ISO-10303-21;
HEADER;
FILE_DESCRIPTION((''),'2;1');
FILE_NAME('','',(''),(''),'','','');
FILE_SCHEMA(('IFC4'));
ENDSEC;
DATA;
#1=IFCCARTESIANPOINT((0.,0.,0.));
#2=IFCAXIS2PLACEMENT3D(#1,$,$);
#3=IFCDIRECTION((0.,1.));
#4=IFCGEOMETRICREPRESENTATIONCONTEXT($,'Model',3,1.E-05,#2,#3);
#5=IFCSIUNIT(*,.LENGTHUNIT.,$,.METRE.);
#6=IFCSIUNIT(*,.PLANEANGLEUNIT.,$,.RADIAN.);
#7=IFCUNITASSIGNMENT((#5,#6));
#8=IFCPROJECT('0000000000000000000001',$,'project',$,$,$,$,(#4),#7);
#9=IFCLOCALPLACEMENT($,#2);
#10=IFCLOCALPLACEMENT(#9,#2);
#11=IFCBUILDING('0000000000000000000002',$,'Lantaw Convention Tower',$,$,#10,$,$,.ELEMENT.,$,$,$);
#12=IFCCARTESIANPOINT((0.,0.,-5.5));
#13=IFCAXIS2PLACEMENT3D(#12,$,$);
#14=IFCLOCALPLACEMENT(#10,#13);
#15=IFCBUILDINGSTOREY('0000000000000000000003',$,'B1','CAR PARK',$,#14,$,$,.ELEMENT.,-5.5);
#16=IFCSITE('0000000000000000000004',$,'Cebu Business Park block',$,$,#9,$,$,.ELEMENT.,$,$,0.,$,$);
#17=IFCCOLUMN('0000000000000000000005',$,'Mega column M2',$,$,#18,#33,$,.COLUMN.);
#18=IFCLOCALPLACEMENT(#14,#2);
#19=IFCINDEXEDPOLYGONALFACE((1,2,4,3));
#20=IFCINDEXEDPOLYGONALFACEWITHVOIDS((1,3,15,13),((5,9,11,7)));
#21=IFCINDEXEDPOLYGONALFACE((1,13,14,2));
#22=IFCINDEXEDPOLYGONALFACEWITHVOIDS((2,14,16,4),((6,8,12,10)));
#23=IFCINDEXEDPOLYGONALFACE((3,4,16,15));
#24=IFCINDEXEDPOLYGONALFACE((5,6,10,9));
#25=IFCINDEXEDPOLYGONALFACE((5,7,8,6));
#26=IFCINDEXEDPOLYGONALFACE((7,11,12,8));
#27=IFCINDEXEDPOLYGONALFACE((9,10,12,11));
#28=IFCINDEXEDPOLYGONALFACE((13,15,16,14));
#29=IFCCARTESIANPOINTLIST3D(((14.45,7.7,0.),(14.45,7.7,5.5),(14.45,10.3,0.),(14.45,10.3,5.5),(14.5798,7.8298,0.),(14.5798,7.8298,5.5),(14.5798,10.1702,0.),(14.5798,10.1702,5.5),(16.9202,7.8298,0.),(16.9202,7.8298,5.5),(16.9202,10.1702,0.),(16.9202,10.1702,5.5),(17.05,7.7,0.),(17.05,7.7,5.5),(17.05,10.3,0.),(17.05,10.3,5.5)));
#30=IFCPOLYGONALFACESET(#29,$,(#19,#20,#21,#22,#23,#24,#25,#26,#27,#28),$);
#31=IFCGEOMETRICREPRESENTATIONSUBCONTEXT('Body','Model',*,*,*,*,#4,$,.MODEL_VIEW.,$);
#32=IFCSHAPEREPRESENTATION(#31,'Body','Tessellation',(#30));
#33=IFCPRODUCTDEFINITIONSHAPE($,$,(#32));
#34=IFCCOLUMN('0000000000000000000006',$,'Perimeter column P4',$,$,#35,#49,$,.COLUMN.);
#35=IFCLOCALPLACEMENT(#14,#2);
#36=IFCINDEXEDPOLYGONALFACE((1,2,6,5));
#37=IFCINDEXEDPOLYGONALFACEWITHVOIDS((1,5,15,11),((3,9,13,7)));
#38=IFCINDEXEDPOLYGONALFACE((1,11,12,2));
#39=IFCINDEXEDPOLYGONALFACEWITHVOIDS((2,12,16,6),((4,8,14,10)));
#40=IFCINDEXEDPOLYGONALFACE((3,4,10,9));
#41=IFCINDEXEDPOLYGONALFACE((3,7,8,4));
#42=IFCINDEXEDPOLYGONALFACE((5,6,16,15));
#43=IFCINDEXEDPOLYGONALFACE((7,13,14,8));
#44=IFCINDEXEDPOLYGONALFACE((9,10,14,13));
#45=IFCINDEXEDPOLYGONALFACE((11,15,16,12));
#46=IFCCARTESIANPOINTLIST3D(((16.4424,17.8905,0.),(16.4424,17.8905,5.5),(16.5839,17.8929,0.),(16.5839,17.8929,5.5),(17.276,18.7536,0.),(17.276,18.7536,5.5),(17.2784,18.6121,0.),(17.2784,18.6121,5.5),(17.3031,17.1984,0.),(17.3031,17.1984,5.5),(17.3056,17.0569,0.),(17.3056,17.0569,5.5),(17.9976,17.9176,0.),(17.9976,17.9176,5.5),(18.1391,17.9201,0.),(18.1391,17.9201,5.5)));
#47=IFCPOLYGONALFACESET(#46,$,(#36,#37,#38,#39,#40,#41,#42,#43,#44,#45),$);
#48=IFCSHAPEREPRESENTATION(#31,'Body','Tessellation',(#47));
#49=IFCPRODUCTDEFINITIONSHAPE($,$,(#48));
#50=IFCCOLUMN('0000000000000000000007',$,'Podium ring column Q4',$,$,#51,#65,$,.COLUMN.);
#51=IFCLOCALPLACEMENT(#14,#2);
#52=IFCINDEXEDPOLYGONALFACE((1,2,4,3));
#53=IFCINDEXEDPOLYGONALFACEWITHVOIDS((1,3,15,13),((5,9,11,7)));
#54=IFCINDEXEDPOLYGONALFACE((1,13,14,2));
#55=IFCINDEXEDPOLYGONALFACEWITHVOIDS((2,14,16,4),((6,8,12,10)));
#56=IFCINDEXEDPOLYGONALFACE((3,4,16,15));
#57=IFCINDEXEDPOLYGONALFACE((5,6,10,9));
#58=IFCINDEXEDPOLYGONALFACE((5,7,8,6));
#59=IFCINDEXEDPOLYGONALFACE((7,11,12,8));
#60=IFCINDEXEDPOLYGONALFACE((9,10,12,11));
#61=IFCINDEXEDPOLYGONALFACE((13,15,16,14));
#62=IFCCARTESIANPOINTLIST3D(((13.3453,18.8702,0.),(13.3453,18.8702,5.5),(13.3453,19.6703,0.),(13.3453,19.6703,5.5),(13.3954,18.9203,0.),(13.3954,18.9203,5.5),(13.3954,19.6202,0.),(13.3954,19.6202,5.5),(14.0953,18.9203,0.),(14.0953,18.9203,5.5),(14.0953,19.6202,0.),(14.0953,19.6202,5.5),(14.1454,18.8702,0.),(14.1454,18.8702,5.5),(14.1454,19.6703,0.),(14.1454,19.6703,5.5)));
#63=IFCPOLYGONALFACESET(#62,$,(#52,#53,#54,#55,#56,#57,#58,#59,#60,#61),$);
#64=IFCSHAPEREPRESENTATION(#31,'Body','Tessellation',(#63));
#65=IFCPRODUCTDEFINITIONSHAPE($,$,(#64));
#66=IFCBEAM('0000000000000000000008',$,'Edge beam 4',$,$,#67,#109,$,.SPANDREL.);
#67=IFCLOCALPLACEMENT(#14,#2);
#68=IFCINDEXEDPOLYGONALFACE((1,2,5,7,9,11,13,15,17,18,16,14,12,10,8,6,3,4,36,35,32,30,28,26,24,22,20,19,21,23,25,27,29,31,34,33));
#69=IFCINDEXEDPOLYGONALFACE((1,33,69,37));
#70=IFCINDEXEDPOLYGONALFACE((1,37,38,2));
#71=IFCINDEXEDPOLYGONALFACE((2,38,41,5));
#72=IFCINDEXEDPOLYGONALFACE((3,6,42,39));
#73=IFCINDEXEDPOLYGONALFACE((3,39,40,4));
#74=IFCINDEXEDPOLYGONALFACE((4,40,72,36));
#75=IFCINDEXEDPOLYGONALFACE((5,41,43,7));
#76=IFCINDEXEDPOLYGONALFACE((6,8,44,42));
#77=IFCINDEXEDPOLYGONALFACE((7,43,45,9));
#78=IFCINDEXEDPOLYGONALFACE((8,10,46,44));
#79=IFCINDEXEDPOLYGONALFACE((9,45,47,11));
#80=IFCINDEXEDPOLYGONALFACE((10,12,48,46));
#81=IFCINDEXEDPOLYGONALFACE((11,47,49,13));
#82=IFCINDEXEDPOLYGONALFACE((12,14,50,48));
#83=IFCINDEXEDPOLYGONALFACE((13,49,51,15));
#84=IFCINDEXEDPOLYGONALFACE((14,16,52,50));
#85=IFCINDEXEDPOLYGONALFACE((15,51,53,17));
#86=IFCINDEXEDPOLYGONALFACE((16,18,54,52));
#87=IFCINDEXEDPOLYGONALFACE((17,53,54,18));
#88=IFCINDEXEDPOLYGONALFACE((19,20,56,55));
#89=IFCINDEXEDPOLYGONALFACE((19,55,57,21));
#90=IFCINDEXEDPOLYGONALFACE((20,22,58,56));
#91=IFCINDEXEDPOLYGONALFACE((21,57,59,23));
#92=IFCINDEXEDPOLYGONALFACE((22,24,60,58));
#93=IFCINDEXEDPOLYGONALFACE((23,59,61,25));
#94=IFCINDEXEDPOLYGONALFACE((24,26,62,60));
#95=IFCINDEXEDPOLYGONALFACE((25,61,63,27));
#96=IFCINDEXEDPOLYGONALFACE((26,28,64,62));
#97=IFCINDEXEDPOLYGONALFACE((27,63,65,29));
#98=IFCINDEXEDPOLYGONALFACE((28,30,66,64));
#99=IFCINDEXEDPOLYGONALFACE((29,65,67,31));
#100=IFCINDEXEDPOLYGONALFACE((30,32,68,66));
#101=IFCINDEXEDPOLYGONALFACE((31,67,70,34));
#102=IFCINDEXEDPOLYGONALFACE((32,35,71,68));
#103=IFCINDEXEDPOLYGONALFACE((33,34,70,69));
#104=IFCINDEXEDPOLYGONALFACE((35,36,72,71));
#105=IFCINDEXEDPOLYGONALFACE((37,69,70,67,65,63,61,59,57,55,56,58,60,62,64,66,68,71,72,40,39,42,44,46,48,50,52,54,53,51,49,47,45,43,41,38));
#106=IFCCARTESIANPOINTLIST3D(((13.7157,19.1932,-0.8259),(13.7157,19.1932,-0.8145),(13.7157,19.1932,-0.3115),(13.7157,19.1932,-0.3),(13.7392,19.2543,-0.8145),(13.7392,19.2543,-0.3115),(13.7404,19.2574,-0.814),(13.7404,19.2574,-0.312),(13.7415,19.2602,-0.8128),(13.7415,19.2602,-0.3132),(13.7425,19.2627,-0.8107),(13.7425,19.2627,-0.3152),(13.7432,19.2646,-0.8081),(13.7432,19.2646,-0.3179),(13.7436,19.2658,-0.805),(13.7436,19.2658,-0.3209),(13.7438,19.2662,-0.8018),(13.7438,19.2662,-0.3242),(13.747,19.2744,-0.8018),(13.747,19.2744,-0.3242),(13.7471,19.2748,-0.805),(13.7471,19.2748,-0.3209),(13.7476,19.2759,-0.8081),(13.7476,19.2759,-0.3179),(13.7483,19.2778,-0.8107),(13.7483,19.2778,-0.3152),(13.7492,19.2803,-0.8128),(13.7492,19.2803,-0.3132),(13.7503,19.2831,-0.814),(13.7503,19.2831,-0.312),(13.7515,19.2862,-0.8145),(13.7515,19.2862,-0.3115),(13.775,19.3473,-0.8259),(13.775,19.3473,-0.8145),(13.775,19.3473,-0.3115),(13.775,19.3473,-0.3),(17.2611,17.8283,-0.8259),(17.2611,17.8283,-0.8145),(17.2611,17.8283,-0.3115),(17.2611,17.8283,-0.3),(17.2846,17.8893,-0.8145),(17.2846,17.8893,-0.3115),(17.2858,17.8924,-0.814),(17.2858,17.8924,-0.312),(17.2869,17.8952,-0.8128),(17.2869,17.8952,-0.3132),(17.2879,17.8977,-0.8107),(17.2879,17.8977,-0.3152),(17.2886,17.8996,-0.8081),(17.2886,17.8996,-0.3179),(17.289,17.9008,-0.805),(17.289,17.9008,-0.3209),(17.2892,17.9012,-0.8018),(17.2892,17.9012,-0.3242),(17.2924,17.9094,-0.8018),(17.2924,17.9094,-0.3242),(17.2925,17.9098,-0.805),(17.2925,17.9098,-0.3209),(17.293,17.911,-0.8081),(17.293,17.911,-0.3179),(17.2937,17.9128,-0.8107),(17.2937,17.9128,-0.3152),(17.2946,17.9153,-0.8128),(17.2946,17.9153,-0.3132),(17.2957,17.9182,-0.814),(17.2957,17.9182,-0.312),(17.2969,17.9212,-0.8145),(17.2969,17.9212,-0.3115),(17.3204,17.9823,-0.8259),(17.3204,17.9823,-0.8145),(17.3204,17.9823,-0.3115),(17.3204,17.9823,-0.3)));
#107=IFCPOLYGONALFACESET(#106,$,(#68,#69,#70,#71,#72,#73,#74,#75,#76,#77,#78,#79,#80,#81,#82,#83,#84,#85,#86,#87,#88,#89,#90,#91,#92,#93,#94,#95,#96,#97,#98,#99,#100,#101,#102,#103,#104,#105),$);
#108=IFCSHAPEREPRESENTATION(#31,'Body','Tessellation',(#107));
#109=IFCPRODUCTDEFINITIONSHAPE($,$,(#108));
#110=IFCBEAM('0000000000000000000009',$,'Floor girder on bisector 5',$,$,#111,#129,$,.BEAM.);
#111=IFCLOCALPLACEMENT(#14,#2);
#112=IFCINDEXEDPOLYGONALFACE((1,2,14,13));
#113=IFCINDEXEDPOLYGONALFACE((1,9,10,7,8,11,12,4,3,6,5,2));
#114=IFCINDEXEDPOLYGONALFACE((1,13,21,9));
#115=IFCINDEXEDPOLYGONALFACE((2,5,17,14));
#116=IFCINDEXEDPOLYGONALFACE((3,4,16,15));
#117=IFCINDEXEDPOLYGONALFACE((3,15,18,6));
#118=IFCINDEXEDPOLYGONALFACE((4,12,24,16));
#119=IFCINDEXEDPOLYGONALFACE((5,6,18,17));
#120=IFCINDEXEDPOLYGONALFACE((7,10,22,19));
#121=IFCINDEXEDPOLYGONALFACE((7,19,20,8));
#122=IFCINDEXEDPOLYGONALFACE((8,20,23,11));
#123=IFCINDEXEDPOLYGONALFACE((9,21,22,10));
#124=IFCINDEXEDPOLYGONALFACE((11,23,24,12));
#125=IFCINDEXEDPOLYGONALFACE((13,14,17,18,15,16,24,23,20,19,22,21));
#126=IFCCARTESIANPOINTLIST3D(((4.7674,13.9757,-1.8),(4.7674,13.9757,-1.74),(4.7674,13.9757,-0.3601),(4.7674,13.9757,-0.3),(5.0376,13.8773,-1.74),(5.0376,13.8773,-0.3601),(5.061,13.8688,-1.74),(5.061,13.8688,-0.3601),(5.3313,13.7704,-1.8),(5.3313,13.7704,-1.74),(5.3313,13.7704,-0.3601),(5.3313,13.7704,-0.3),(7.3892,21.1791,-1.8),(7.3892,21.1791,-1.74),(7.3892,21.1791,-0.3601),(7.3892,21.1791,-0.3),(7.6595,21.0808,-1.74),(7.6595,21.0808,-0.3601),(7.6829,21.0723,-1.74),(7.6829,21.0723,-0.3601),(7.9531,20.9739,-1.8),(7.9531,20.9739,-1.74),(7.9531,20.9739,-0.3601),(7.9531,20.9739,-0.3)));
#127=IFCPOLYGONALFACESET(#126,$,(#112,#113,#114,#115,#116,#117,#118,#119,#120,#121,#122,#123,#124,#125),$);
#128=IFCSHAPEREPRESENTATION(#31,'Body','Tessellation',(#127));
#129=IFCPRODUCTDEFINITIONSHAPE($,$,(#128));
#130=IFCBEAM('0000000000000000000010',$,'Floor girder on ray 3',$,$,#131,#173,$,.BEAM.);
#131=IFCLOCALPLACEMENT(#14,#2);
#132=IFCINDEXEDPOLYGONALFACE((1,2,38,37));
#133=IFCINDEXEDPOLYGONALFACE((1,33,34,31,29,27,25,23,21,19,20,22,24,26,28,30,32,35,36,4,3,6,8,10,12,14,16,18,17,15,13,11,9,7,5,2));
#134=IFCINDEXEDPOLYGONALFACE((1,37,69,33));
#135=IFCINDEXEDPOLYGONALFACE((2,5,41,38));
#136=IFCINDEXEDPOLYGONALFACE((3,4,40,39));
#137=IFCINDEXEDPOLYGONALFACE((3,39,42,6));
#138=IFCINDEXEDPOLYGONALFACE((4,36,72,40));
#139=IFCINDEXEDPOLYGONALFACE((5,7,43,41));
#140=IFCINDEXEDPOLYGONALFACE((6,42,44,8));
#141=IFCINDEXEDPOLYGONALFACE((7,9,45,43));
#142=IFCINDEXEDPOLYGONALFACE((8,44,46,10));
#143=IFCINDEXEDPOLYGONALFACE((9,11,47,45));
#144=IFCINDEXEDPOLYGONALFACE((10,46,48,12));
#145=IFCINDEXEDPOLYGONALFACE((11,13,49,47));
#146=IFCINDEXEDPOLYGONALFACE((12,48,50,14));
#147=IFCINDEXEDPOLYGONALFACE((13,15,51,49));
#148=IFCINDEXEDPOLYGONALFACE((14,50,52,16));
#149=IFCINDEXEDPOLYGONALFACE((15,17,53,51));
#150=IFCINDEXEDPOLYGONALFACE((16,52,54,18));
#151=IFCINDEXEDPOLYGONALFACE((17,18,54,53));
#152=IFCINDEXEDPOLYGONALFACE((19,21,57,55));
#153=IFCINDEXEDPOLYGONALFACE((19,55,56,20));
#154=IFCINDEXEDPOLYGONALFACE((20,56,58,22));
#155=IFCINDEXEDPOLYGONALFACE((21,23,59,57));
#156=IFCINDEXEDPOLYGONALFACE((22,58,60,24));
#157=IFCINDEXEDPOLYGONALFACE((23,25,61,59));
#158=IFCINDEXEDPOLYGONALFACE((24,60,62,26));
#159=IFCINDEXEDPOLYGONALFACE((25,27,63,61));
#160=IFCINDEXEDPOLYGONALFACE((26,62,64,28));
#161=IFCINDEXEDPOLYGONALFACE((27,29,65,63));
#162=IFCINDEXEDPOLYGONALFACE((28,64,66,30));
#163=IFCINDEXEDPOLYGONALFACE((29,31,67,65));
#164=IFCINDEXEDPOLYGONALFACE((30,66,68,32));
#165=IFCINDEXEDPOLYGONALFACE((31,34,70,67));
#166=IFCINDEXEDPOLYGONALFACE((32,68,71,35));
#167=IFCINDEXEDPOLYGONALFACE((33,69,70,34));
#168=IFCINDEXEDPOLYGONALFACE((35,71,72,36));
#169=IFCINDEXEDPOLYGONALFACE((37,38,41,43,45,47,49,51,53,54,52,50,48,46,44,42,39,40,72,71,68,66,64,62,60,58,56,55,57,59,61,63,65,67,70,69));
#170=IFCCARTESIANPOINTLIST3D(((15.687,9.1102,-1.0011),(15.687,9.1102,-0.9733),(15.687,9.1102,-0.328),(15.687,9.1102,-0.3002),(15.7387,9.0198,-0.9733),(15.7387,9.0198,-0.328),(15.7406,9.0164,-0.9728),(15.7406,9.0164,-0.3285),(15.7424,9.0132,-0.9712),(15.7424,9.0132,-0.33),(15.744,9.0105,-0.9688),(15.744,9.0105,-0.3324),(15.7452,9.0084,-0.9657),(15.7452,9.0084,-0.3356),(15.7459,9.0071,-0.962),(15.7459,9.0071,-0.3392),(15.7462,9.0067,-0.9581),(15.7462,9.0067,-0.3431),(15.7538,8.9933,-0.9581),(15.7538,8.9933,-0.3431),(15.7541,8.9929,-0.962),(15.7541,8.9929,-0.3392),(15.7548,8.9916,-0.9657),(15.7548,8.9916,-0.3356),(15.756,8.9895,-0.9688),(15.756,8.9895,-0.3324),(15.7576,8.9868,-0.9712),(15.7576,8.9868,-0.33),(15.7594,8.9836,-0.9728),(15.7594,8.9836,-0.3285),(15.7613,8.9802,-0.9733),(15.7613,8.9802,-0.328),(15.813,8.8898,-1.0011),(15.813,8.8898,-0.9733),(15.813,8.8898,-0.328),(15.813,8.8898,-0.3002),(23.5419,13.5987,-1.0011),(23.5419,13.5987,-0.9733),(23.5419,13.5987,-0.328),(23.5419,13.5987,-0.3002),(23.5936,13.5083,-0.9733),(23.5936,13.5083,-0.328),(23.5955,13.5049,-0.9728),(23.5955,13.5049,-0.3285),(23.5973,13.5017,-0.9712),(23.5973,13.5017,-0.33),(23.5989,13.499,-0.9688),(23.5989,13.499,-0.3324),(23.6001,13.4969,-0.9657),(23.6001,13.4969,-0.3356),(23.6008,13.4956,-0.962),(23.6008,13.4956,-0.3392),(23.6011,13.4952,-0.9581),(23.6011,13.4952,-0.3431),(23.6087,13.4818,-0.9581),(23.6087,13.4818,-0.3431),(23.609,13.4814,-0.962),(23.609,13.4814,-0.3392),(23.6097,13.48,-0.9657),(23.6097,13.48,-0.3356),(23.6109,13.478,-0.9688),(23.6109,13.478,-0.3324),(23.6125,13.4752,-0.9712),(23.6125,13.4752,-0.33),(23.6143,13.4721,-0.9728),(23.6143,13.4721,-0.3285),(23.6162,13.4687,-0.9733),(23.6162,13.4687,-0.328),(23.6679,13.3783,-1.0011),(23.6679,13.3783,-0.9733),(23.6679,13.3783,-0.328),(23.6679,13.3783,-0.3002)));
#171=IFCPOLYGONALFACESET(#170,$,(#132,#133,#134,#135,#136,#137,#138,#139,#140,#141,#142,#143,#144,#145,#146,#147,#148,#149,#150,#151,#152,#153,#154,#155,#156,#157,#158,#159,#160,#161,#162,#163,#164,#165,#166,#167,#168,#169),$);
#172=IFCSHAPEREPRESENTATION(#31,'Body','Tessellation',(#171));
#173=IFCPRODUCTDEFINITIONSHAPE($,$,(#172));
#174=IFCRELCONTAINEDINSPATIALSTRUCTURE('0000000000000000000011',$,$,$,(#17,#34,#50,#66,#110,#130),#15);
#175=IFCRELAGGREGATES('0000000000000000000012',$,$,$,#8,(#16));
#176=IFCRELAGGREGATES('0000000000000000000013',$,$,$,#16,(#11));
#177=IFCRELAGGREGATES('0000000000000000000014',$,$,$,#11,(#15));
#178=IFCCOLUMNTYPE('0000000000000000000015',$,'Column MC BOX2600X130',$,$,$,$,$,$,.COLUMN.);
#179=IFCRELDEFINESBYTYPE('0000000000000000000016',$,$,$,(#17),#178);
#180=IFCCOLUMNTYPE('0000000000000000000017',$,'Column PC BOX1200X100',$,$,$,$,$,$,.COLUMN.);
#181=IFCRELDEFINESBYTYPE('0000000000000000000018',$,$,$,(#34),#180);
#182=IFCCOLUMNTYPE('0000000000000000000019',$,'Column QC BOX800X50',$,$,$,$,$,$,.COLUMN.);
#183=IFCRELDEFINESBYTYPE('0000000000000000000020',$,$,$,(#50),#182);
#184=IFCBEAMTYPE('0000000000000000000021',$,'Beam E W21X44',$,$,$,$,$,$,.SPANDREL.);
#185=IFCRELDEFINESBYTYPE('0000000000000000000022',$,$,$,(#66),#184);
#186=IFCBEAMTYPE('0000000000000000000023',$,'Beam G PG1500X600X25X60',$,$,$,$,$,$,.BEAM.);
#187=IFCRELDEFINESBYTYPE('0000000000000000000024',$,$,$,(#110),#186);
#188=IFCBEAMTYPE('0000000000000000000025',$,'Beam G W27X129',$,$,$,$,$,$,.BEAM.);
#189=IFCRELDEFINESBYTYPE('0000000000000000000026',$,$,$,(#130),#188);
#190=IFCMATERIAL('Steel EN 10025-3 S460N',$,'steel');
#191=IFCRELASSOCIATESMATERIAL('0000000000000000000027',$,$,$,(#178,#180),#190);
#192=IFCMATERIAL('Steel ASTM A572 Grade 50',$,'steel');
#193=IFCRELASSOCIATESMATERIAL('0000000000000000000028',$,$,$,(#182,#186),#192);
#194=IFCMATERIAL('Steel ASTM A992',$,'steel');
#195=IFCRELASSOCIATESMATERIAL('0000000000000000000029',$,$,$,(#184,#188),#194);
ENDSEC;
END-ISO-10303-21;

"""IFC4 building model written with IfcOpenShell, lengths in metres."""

from ifc_helpers import new_model, si_unit, direction, frame, origin, origin_2d, place, context, subcontext, project, spatial, rectangle, hollow_rectangle, i_section, extrude, material, material_profile, profile_set, type_object, element, save


model = new_model("IFC4")

# Units and contexts
model_context = context("Model", 3, precision=1e-05, world=origin(), true_north=direction((0.0, 1.0)))
body_context = subcontext(model_context, "Body", "Model", "MODEL_VIEW")
ifc_project = project(units=[si_unit("LENGTHUNIT", "METRE"), si_unit("PLANEANGLEUNIT", "RADIAN")], contexts=[model_context])

# Site, building, storey
site_placement = place(None, origin())
site = spatial("IfcSite", under=ifc_project, at=site_placement, Name="Cebu Business Park block", CompositionType="ELEMENT", RefElevation=0.0)
building_placement = place(site_placement, origin())
building = spatial("IfcBuilding", under=site, at=building_placement, Name="Lantaw Convention Tower", CompositionType="ELEMENT")
storey_placement = place(building_placement, frame((0.0, 0.0, -5.5)))
storey = spatial("IfcBuildingStorey", under=building, at=storey_placement, Name="B1", Description="CAR PARK", CompositionType="ELEMENT", Elevation=-5.5)

# Columns
ifc_material_1 = material(Name="Steel EN 10025-3 S460N", Category="steel")
ifc_material_profile_1 = material_profile(ifc_material_1, hollow_rectangle(XDim=2.6001, YDim=2.6001, WallThickness=0.1299, at=origin_2d()), Name="BOX2600X130")
ifc_material_2 = material(Name="Concrete C60/75", Category="concrete")
ifc_material_profile_2 = material_profile(ifc_material_2, rectangle(XDim=2.3401, YDim=2.3401, at=origin_2d()), Name="Concrete fill of BOX2600X130")
ifc_profile_set_1 = profile_set([ifc_material_profile_1, ifc_material_profile_2], Name="Steel EN 10025-3 S460N")
column_type_1 = type_object("IfcColumnType", Name="Column MC BOX2600X130", PredefinedType="COLUMN", material=ifc_profile_set_1)
column_1_placement = place(storey_placement, frame((15.75, 9.0, 0.0), z_axis=(0.0, 0.0, 1.0), x_axis=(1.0, 0.0, 0.0)))
element("IfcColumn", 1, at=column_1_placement, inside=storey, type_object=column_type_1, Name="Mega column M2", PredefinedType="COLUMN", context=body_context, shape_type="SweptSolid", body=[
    extrude(hollow_rectangle(XDim=2.6001, YDim=2.6001, WallThickness=0.1299, at=origin_2d()), origin(), (0.0, 0.0, 1.0), 5.5),
])
ifc_material_profile_3 = material_profile(ifc_material_1, hollow_rectangle(XDim=1.2, YDim=1.2, WallThickness=0.1001, at=origin_2d()), Name="BOX1200X100")
ifc_material_profile_4 = material_profile(ifc_material_2, rectangle(XDim=1.0, YDim=1.0, at=origin_2d()), Name="Concrete fill of BOX1200X100")
ifc_profile_set_2 = profile_set([ifc_material_profile_3, ifc_material_profile_4], Name="Steel EN 10025-3 S460N")
column_type_2 = type_object("IfcColumnType", Name="Column PC BOX1200X100", PredefinedType="COLUMN", material=ifc_profile_set_2)
column_2_placement = place(storey_placement, frame((17.2908, 17.9053, 0.0), z_axis=(0.0, 0.0, 1.0), x_axis=(0.694658, 0.71934, 0.0)))
element("IfcColumn", 2, at=column_2_placement, inside=storey, type_object=column_type_2, Name="Perimeter column P4", PredefinedType="COLUMN", context=body_context, shape_type="SweptSolid", body=[
    extrude(hollow_rectangle(XDim=1.2, YDim=1.2, WallThickness=0.1001, at=origin_2d()), origin(), (0.0, 0.0, 1.0), 5.5),
])
ifc_material_3 = material(Name="Steel ASTM A572 Grade 50", Category="steel")
ifc_material_profile_5 = material_profile(ifc_material_3, hollow_rectangle(XDim=0.8, YDim=0.8, WallThickness=0.05, at=origin_2d()), Name="BOX800X50")
ifc_profile_set_3 = profile_set([ifc_material_profile_5], Name="Steel ASTM A572 Grade 50")
column_type_3 = type_object("IfcColumnType", Name="Column QC BOX800X50", PredefinedType="COLUMN", material=ifc_profile_set_3)
column_3_placement = place(storey_placement, frame((13.7454, 19.2703, 0.0), z_axis=(0.0, 0.0, 1.0), x_axis=(1.0, 0.0, 0.0)))
element("IfcColumn", 3, at=column_3_placement, inside=storey, type_object=column_type_3, Name="Podium ring column Q4", PredefinedType="COLUMN", context=body_context, shape_type="SweptSolid", body=[
    extrude(hollow_rectangle(XDim=0.8, YDim=0.8, WallThickness=0.05, at=origin_2d()), origin(), (0.0, 0.0, 1.0), 5.5),
])

# Beams
ifc_material_4 = material(Name="Steel ASTM A992", Category="steel")
ifc_material_profile_6 = material_profile(ifc_material_4, i_section(OverallWidth=0.165, OverallDepth=0.5259, WebThickness=0.0088, FlangeThickness=0.0115, FilletRadius=0.0127, at=origin_2d()), Name="W21X44")
ifc_profile_set_4 = profile_set([ifc_material_profile_6], Name="Steel ASTM A992")
beam_type_1 = type_object("IfcBeamType", Name="Beam E W21X44", PredefinedType="SPANDREL", material=ifc_profile_set_4)
beam_1_placement = place(storey_placement, frame((17.2908, 17.9053, -0.563), z_axis=(-0.933225, 0.359293, 0.0), x_axis=(-0.359293, -0.933225, 0.0)))
element("IfcBeam", 4, at=beam_1_placement, inside=storey, type_object=beam_type_1, Name="Edge beam 4", PredefinedType="SPANDREL", context=body_context, shape_type="SweptSolid", body=[
    extrude(i_section(OverallWidth=0.165, OverallDepth=0.5259, WebThickness=0.0088, FlangeThickness=0.0115, FilletRadius=0.0127, at=origin_2d()), origin(), (0.0, 0.0, 1.0), 3.7991),
])
ifc_material_profile_7 = material_profile(ifc_material_3, i_section(OverallWidth=0.6001, OverallDepth=1.5, WebThickness=0.0249, FlangeThickness=0.0601, at=origin_2d()), Name="PG1500X600X25X60")
ifc_profile_set_5 = profile_set([ifc_material_profile_7], Name="Steel ASTM A572 Grade 50")
beam_type_2 = type_object("IfcBeamType", Name="Beam G PG1500X600X25X60", PredefinedType="BEAM", material=ifc_profile_set_5)
beam_2_placement = place(storey_placement, frame((5.0493, 13.873, -1.05), z_axis=(0.342022, 0.939692, 0.0), x_axis=(-0.939692, 0.342022, 0.0)))
element("IfcBeam", 5, at=beam_2_placement, inside=storey, type_object=beam_type_2, Name="Floor girder on bisector 5", PredefinedType="BEAM", context=body_context, shape_type="SweptSolid", body=[
    extrude(i_section(OverallWidth=0.6001, OverallDepth=1.5, WebThickness=0.0249, FlangeThickness=0.0601, at=origin_2d()), origin(), (0.0, 0.0, 1.0), 7.6658),
])
ifc_material_profile_8 = material_profile(ifc_material_4, i_section(OverallWidth=0.2539, OverallDepth=0.7009, WebThickness=0.0154, FlangeThickness=0.0278, FilletRadius=0.0151, at=origin_2d()), Name="W27X129")
ifc_profile_set_6 = profile_set([ifc_material_profile_8], Name="Steel ASTM A992")
beam_type_3 = type_object("IfcBeamType", Name="Beam G W27X129", PredefinedType="BEAM", material=ifc_profile_set_6)
beam_3_placement = place(storey_placement, frame((15.75, 9.0, -0.6506), z_axis=(0.868245, 0.496136, 0.0), x_axis=(-0.496136, 0.868245, 0.0)))
element("IfcBeam", 6, at=beam_3_placement, inside=storey, type_object=beam_type_3, Name="Floor girder on ray 3", PredefinedType="BEAM", context=body_context, shape_type="SweptSolid", body=[
    extrude(i_section(OverallWidth=0.2539, OverallDepth=0.7009, WebThickness=0.0154, FlangeThickness=0.0278, FilletRadius=0.0151, at=origin_2d()), origin(), (0.0, 0.0, 1.0), 9.0469),
])

save(model, "model.ifc")
